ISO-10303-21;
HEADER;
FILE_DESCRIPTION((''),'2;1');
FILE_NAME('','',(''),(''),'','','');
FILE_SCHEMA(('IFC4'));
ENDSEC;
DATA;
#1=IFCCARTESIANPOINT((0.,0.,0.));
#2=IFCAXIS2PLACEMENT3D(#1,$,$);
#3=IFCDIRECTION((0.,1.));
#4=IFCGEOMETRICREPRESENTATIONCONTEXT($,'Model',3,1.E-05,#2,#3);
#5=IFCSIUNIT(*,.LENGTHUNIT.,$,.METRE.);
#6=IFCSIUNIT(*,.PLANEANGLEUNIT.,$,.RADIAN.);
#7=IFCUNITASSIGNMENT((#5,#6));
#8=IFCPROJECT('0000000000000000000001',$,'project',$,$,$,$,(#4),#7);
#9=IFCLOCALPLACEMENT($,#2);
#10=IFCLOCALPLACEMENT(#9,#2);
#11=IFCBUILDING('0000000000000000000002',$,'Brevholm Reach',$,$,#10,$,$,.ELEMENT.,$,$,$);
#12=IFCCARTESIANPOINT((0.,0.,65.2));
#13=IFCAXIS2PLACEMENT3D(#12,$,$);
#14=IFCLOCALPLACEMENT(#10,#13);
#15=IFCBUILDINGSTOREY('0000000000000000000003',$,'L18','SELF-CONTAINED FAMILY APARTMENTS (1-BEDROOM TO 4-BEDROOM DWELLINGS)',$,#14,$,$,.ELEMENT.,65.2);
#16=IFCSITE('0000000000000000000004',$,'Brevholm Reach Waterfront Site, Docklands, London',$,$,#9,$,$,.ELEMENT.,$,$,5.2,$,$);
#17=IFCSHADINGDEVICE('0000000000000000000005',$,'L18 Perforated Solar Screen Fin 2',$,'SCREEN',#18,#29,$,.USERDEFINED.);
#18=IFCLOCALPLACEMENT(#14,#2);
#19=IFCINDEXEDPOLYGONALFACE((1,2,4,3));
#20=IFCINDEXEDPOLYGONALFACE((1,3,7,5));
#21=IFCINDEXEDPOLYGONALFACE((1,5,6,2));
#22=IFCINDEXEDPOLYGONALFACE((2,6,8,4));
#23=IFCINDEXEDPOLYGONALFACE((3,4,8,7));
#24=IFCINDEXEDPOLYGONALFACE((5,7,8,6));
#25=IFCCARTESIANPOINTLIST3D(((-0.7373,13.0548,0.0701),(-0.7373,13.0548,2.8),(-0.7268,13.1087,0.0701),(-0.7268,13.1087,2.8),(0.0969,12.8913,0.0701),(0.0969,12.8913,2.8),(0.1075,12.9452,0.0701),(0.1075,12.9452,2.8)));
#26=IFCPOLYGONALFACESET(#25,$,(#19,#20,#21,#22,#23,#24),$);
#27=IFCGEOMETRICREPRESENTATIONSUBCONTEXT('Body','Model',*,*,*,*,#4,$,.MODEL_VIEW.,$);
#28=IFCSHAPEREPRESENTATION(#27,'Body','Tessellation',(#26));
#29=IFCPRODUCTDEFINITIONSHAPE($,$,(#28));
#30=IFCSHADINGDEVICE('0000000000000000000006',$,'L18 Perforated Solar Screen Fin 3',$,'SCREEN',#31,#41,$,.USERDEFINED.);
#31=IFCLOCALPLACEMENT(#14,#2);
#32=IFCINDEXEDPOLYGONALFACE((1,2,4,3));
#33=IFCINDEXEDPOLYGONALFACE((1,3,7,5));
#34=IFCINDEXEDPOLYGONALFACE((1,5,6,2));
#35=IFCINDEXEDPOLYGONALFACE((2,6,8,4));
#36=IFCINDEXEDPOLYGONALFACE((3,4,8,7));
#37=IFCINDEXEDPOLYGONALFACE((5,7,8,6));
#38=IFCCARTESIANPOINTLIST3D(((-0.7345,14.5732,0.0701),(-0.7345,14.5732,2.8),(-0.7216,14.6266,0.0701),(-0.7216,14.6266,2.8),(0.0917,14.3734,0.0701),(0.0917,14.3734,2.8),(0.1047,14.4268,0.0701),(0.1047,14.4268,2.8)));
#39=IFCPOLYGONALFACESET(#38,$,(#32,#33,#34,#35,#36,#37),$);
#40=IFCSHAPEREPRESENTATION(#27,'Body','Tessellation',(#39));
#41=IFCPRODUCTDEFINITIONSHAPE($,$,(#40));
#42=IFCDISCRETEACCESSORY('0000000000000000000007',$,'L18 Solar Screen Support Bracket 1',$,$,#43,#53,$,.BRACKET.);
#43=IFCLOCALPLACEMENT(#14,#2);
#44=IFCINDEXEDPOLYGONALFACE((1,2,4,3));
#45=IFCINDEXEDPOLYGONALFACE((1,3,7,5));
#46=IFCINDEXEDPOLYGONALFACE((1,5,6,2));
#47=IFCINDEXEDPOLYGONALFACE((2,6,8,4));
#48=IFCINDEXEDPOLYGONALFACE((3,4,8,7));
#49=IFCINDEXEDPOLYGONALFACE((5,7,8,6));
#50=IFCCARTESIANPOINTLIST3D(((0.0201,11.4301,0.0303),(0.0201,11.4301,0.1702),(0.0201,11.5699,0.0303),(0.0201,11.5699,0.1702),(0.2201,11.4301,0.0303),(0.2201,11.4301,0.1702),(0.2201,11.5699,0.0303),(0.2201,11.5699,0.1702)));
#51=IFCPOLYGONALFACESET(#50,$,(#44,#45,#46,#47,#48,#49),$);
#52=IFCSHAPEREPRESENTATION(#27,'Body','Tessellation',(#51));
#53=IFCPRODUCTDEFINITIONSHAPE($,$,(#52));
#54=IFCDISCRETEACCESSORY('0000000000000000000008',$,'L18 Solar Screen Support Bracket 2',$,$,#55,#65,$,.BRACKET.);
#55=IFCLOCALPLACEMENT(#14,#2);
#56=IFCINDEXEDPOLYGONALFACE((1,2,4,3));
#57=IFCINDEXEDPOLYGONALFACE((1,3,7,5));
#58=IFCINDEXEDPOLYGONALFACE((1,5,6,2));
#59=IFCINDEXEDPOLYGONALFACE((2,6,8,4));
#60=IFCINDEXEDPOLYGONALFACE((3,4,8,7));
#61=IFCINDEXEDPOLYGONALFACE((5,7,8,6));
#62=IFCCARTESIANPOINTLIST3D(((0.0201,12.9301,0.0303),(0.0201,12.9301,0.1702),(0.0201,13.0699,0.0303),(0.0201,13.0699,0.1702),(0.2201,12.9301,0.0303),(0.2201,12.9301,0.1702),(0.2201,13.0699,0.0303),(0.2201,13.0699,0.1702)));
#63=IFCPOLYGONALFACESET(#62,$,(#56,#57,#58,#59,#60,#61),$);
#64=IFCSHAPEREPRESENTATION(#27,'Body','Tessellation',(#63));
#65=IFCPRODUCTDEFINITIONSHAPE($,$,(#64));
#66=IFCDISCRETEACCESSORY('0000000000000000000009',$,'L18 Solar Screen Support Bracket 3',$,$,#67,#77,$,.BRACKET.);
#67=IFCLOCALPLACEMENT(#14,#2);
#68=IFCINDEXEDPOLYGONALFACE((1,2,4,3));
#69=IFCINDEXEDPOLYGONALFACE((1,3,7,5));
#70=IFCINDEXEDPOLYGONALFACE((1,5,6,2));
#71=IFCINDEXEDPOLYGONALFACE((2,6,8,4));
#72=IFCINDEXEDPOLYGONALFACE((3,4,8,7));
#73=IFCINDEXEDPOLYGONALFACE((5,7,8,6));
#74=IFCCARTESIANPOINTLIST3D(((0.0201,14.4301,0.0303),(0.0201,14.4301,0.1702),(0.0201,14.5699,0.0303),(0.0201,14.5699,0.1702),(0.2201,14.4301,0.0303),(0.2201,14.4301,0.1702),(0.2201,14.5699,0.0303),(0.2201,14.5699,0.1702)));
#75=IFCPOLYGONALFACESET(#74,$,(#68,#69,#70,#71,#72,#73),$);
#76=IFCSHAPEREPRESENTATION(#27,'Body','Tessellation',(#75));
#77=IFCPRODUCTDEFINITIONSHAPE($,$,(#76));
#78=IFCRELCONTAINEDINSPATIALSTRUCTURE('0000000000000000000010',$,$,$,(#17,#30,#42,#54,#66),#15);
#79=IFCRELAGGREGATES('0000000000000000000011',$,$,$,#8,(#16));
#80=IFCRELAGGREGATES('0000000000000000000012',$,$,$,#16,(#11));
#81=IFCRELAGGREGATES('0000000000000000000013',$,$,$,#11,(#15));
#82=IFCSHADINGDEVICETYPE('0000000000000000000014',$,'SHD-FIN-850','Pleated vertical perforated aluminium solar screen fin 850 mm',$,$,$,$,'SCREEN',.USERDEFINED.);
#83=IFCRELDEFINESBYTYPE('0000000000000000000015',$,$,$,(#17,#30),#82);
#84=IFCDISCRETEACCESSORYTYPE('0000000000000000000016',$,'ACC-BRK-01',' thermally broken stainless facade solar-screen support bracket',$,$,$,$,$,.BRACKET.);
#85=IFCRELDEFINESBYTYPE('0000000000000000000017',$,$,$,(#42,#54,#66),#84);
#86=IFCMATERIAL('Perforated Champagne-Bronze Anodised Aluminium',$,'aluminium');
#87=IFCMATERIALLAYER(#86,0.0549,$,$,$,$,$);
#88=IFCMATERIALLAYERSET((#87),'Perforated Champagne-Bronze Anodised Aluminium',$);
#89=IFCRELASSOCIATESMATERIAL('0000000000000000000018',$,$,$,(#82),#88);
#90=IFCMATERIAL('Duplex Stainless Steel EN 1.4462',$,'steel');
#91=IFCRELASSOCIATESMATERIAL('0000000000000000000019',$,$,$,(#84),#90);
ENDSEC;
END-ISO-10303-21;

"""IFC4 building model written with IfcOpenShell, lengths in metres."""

from ifc_helpers import new_model, si_unit, direction, frame, origin, origin_2d, place, context, subcontext, project, spatial, rectangle, extrude, material, layer, layer_set, type_object, element, save


model = new_model("IFC4")

# Units and contexts
model_context = context("Model", 3, precision=1e-05, world=origin(), true_north=direction((0.0, 1.0)))
body_context = subcontext(model_context, "Body", "Model", "MODEL_VIEW")
ifc_project = project(units=[si_unit("LENGTHUNIT", "METRE"), si_unit("PLANEANGLEUNIT", "RADIAN")], contexts=[model_context])

# Site, building, storey
site_placement = place(None, origin())
site = spatial("IfcSite", under=ifc_project, at=site_placement, Name="Brevholm Reach Waterfront Site, Docklands, London", CompositionType="ELEMENT", RefElevation=5.2)
building_placement = place(site_placement, origin())
building = spatial("IfcBuilding", under=site, at=building_placement, Name="Brevholm Reach", CompositionType="ELEMENT")
storey_placement = place(building_placement, frame((0.0, 0.0, 65.2)))
storey = spatial("IfcBuildingStorey", under=building, at=storey_placement, Name="L18", Description="SELF-CONTAINED FAMILY APARTMENTS (1-BEDROOM TO 4-BEDROOM DWELLINGS)", CompositionType="ELEMENT", Elevation=65.2)

# Shading devices
ifc_material_1 = material(Name="Perforated Champagne-Bronze Anodised Aluminium", Category="aluminium")
ifc_layer_1 = layer(ifc_material_1, 0.0549)
ifc_layer_set_1 = layer_set([ifc_layer_1], Name="Perforated Champagne-Bronze Anodised Aluminium")
shading_device_type = type_object("IfcShadingDeviceType", Name="SHD-FIN-850", Description="Pleated vertical perforated aluminium solar screen fin 850 mm", ElementType="SCREEN", PredefinedType="USERDEFINED", material=ifc_layer_set_1)
for number, where, z_axis, x_axis, name in (
    (1, (-0.3149, 13.0, 0.0701), (0.0, 0.0, 1.0), (-0.981323, 0.192368, 0.0), "L18 Perforated Solar Screen Fin 2"),
    (2, (-0.3149, 14.5, 0.0701), (0.0, 0.0, 1.0), (-0.971982, 0.235057, 0.0), "L18 Perforated Solar Screen Fin 3"),
):
    element("IfcShadingDevice", number, at=place(storey_placement, frame(where, z_axis=z_axis, x_axis=x_axis)), inside=storey, type_object=shading_device_type, Name=name, ObjectType="SCREEN", PredefinedType="USERDEFINED", context=body_context, shape_type="SweptSolid", body=[
        extrude(rectangle(XDim=0.8501, YDim=0.0549, at=origin_2d()), origin(), (0.0, 0.0, 1.0), 2.73),
    ])

# Discrete accessories
ifc_material_2 = material(Name="Duplex Stainless Steel EN 1.4462", Category="steel")
discrete_accessory_type = type_object("IfcDiscreteAccessoryType", Name="ACC-BRK-01", Description=" thermally broken stainless facade solar-screen support bracket", PredefinedType="BRACKET", material=ifc_material_2)
for number, where, z_axis, x_axis, name in (
    (3, (0.1201, 11.5, 0.0303), (0.0, 0.0, 1.0), (-1.0, 0.0, 0.0), "L18 Solar Screen Support Bracket 1"),
    (4, (0.1201, 13.0, 0.0303), (0.0, 0.0, 1.0), (-1.0, 0.0, 0.0), "L18 Solar Screen Support Bracket 2"),
    (5, (0.1201, 14.5, 0.0303), (0.0, 0.0, 1.0), (-1.0, 0.0, 0.0), "L18 Solar Screen Support Bracket 3"),
):
    element("IfcDiscreteAccessory", number, at=place(storey_placement, frame(where, z_axis=z_axis, x_axis=x_axis)), inside=storey, type_object=discrete_accessory_type, Name=name, PredefinedType="BRACKET", context=body_context, shape_type="SweptSolid", body=[
        extrude(rectangle(XDim=0.2, YDim=0.1399, at=origin_2d()), origin(), (0.0, 0.0, 1.0), 0.1399),
    ])

save(model, "model.ifc")
